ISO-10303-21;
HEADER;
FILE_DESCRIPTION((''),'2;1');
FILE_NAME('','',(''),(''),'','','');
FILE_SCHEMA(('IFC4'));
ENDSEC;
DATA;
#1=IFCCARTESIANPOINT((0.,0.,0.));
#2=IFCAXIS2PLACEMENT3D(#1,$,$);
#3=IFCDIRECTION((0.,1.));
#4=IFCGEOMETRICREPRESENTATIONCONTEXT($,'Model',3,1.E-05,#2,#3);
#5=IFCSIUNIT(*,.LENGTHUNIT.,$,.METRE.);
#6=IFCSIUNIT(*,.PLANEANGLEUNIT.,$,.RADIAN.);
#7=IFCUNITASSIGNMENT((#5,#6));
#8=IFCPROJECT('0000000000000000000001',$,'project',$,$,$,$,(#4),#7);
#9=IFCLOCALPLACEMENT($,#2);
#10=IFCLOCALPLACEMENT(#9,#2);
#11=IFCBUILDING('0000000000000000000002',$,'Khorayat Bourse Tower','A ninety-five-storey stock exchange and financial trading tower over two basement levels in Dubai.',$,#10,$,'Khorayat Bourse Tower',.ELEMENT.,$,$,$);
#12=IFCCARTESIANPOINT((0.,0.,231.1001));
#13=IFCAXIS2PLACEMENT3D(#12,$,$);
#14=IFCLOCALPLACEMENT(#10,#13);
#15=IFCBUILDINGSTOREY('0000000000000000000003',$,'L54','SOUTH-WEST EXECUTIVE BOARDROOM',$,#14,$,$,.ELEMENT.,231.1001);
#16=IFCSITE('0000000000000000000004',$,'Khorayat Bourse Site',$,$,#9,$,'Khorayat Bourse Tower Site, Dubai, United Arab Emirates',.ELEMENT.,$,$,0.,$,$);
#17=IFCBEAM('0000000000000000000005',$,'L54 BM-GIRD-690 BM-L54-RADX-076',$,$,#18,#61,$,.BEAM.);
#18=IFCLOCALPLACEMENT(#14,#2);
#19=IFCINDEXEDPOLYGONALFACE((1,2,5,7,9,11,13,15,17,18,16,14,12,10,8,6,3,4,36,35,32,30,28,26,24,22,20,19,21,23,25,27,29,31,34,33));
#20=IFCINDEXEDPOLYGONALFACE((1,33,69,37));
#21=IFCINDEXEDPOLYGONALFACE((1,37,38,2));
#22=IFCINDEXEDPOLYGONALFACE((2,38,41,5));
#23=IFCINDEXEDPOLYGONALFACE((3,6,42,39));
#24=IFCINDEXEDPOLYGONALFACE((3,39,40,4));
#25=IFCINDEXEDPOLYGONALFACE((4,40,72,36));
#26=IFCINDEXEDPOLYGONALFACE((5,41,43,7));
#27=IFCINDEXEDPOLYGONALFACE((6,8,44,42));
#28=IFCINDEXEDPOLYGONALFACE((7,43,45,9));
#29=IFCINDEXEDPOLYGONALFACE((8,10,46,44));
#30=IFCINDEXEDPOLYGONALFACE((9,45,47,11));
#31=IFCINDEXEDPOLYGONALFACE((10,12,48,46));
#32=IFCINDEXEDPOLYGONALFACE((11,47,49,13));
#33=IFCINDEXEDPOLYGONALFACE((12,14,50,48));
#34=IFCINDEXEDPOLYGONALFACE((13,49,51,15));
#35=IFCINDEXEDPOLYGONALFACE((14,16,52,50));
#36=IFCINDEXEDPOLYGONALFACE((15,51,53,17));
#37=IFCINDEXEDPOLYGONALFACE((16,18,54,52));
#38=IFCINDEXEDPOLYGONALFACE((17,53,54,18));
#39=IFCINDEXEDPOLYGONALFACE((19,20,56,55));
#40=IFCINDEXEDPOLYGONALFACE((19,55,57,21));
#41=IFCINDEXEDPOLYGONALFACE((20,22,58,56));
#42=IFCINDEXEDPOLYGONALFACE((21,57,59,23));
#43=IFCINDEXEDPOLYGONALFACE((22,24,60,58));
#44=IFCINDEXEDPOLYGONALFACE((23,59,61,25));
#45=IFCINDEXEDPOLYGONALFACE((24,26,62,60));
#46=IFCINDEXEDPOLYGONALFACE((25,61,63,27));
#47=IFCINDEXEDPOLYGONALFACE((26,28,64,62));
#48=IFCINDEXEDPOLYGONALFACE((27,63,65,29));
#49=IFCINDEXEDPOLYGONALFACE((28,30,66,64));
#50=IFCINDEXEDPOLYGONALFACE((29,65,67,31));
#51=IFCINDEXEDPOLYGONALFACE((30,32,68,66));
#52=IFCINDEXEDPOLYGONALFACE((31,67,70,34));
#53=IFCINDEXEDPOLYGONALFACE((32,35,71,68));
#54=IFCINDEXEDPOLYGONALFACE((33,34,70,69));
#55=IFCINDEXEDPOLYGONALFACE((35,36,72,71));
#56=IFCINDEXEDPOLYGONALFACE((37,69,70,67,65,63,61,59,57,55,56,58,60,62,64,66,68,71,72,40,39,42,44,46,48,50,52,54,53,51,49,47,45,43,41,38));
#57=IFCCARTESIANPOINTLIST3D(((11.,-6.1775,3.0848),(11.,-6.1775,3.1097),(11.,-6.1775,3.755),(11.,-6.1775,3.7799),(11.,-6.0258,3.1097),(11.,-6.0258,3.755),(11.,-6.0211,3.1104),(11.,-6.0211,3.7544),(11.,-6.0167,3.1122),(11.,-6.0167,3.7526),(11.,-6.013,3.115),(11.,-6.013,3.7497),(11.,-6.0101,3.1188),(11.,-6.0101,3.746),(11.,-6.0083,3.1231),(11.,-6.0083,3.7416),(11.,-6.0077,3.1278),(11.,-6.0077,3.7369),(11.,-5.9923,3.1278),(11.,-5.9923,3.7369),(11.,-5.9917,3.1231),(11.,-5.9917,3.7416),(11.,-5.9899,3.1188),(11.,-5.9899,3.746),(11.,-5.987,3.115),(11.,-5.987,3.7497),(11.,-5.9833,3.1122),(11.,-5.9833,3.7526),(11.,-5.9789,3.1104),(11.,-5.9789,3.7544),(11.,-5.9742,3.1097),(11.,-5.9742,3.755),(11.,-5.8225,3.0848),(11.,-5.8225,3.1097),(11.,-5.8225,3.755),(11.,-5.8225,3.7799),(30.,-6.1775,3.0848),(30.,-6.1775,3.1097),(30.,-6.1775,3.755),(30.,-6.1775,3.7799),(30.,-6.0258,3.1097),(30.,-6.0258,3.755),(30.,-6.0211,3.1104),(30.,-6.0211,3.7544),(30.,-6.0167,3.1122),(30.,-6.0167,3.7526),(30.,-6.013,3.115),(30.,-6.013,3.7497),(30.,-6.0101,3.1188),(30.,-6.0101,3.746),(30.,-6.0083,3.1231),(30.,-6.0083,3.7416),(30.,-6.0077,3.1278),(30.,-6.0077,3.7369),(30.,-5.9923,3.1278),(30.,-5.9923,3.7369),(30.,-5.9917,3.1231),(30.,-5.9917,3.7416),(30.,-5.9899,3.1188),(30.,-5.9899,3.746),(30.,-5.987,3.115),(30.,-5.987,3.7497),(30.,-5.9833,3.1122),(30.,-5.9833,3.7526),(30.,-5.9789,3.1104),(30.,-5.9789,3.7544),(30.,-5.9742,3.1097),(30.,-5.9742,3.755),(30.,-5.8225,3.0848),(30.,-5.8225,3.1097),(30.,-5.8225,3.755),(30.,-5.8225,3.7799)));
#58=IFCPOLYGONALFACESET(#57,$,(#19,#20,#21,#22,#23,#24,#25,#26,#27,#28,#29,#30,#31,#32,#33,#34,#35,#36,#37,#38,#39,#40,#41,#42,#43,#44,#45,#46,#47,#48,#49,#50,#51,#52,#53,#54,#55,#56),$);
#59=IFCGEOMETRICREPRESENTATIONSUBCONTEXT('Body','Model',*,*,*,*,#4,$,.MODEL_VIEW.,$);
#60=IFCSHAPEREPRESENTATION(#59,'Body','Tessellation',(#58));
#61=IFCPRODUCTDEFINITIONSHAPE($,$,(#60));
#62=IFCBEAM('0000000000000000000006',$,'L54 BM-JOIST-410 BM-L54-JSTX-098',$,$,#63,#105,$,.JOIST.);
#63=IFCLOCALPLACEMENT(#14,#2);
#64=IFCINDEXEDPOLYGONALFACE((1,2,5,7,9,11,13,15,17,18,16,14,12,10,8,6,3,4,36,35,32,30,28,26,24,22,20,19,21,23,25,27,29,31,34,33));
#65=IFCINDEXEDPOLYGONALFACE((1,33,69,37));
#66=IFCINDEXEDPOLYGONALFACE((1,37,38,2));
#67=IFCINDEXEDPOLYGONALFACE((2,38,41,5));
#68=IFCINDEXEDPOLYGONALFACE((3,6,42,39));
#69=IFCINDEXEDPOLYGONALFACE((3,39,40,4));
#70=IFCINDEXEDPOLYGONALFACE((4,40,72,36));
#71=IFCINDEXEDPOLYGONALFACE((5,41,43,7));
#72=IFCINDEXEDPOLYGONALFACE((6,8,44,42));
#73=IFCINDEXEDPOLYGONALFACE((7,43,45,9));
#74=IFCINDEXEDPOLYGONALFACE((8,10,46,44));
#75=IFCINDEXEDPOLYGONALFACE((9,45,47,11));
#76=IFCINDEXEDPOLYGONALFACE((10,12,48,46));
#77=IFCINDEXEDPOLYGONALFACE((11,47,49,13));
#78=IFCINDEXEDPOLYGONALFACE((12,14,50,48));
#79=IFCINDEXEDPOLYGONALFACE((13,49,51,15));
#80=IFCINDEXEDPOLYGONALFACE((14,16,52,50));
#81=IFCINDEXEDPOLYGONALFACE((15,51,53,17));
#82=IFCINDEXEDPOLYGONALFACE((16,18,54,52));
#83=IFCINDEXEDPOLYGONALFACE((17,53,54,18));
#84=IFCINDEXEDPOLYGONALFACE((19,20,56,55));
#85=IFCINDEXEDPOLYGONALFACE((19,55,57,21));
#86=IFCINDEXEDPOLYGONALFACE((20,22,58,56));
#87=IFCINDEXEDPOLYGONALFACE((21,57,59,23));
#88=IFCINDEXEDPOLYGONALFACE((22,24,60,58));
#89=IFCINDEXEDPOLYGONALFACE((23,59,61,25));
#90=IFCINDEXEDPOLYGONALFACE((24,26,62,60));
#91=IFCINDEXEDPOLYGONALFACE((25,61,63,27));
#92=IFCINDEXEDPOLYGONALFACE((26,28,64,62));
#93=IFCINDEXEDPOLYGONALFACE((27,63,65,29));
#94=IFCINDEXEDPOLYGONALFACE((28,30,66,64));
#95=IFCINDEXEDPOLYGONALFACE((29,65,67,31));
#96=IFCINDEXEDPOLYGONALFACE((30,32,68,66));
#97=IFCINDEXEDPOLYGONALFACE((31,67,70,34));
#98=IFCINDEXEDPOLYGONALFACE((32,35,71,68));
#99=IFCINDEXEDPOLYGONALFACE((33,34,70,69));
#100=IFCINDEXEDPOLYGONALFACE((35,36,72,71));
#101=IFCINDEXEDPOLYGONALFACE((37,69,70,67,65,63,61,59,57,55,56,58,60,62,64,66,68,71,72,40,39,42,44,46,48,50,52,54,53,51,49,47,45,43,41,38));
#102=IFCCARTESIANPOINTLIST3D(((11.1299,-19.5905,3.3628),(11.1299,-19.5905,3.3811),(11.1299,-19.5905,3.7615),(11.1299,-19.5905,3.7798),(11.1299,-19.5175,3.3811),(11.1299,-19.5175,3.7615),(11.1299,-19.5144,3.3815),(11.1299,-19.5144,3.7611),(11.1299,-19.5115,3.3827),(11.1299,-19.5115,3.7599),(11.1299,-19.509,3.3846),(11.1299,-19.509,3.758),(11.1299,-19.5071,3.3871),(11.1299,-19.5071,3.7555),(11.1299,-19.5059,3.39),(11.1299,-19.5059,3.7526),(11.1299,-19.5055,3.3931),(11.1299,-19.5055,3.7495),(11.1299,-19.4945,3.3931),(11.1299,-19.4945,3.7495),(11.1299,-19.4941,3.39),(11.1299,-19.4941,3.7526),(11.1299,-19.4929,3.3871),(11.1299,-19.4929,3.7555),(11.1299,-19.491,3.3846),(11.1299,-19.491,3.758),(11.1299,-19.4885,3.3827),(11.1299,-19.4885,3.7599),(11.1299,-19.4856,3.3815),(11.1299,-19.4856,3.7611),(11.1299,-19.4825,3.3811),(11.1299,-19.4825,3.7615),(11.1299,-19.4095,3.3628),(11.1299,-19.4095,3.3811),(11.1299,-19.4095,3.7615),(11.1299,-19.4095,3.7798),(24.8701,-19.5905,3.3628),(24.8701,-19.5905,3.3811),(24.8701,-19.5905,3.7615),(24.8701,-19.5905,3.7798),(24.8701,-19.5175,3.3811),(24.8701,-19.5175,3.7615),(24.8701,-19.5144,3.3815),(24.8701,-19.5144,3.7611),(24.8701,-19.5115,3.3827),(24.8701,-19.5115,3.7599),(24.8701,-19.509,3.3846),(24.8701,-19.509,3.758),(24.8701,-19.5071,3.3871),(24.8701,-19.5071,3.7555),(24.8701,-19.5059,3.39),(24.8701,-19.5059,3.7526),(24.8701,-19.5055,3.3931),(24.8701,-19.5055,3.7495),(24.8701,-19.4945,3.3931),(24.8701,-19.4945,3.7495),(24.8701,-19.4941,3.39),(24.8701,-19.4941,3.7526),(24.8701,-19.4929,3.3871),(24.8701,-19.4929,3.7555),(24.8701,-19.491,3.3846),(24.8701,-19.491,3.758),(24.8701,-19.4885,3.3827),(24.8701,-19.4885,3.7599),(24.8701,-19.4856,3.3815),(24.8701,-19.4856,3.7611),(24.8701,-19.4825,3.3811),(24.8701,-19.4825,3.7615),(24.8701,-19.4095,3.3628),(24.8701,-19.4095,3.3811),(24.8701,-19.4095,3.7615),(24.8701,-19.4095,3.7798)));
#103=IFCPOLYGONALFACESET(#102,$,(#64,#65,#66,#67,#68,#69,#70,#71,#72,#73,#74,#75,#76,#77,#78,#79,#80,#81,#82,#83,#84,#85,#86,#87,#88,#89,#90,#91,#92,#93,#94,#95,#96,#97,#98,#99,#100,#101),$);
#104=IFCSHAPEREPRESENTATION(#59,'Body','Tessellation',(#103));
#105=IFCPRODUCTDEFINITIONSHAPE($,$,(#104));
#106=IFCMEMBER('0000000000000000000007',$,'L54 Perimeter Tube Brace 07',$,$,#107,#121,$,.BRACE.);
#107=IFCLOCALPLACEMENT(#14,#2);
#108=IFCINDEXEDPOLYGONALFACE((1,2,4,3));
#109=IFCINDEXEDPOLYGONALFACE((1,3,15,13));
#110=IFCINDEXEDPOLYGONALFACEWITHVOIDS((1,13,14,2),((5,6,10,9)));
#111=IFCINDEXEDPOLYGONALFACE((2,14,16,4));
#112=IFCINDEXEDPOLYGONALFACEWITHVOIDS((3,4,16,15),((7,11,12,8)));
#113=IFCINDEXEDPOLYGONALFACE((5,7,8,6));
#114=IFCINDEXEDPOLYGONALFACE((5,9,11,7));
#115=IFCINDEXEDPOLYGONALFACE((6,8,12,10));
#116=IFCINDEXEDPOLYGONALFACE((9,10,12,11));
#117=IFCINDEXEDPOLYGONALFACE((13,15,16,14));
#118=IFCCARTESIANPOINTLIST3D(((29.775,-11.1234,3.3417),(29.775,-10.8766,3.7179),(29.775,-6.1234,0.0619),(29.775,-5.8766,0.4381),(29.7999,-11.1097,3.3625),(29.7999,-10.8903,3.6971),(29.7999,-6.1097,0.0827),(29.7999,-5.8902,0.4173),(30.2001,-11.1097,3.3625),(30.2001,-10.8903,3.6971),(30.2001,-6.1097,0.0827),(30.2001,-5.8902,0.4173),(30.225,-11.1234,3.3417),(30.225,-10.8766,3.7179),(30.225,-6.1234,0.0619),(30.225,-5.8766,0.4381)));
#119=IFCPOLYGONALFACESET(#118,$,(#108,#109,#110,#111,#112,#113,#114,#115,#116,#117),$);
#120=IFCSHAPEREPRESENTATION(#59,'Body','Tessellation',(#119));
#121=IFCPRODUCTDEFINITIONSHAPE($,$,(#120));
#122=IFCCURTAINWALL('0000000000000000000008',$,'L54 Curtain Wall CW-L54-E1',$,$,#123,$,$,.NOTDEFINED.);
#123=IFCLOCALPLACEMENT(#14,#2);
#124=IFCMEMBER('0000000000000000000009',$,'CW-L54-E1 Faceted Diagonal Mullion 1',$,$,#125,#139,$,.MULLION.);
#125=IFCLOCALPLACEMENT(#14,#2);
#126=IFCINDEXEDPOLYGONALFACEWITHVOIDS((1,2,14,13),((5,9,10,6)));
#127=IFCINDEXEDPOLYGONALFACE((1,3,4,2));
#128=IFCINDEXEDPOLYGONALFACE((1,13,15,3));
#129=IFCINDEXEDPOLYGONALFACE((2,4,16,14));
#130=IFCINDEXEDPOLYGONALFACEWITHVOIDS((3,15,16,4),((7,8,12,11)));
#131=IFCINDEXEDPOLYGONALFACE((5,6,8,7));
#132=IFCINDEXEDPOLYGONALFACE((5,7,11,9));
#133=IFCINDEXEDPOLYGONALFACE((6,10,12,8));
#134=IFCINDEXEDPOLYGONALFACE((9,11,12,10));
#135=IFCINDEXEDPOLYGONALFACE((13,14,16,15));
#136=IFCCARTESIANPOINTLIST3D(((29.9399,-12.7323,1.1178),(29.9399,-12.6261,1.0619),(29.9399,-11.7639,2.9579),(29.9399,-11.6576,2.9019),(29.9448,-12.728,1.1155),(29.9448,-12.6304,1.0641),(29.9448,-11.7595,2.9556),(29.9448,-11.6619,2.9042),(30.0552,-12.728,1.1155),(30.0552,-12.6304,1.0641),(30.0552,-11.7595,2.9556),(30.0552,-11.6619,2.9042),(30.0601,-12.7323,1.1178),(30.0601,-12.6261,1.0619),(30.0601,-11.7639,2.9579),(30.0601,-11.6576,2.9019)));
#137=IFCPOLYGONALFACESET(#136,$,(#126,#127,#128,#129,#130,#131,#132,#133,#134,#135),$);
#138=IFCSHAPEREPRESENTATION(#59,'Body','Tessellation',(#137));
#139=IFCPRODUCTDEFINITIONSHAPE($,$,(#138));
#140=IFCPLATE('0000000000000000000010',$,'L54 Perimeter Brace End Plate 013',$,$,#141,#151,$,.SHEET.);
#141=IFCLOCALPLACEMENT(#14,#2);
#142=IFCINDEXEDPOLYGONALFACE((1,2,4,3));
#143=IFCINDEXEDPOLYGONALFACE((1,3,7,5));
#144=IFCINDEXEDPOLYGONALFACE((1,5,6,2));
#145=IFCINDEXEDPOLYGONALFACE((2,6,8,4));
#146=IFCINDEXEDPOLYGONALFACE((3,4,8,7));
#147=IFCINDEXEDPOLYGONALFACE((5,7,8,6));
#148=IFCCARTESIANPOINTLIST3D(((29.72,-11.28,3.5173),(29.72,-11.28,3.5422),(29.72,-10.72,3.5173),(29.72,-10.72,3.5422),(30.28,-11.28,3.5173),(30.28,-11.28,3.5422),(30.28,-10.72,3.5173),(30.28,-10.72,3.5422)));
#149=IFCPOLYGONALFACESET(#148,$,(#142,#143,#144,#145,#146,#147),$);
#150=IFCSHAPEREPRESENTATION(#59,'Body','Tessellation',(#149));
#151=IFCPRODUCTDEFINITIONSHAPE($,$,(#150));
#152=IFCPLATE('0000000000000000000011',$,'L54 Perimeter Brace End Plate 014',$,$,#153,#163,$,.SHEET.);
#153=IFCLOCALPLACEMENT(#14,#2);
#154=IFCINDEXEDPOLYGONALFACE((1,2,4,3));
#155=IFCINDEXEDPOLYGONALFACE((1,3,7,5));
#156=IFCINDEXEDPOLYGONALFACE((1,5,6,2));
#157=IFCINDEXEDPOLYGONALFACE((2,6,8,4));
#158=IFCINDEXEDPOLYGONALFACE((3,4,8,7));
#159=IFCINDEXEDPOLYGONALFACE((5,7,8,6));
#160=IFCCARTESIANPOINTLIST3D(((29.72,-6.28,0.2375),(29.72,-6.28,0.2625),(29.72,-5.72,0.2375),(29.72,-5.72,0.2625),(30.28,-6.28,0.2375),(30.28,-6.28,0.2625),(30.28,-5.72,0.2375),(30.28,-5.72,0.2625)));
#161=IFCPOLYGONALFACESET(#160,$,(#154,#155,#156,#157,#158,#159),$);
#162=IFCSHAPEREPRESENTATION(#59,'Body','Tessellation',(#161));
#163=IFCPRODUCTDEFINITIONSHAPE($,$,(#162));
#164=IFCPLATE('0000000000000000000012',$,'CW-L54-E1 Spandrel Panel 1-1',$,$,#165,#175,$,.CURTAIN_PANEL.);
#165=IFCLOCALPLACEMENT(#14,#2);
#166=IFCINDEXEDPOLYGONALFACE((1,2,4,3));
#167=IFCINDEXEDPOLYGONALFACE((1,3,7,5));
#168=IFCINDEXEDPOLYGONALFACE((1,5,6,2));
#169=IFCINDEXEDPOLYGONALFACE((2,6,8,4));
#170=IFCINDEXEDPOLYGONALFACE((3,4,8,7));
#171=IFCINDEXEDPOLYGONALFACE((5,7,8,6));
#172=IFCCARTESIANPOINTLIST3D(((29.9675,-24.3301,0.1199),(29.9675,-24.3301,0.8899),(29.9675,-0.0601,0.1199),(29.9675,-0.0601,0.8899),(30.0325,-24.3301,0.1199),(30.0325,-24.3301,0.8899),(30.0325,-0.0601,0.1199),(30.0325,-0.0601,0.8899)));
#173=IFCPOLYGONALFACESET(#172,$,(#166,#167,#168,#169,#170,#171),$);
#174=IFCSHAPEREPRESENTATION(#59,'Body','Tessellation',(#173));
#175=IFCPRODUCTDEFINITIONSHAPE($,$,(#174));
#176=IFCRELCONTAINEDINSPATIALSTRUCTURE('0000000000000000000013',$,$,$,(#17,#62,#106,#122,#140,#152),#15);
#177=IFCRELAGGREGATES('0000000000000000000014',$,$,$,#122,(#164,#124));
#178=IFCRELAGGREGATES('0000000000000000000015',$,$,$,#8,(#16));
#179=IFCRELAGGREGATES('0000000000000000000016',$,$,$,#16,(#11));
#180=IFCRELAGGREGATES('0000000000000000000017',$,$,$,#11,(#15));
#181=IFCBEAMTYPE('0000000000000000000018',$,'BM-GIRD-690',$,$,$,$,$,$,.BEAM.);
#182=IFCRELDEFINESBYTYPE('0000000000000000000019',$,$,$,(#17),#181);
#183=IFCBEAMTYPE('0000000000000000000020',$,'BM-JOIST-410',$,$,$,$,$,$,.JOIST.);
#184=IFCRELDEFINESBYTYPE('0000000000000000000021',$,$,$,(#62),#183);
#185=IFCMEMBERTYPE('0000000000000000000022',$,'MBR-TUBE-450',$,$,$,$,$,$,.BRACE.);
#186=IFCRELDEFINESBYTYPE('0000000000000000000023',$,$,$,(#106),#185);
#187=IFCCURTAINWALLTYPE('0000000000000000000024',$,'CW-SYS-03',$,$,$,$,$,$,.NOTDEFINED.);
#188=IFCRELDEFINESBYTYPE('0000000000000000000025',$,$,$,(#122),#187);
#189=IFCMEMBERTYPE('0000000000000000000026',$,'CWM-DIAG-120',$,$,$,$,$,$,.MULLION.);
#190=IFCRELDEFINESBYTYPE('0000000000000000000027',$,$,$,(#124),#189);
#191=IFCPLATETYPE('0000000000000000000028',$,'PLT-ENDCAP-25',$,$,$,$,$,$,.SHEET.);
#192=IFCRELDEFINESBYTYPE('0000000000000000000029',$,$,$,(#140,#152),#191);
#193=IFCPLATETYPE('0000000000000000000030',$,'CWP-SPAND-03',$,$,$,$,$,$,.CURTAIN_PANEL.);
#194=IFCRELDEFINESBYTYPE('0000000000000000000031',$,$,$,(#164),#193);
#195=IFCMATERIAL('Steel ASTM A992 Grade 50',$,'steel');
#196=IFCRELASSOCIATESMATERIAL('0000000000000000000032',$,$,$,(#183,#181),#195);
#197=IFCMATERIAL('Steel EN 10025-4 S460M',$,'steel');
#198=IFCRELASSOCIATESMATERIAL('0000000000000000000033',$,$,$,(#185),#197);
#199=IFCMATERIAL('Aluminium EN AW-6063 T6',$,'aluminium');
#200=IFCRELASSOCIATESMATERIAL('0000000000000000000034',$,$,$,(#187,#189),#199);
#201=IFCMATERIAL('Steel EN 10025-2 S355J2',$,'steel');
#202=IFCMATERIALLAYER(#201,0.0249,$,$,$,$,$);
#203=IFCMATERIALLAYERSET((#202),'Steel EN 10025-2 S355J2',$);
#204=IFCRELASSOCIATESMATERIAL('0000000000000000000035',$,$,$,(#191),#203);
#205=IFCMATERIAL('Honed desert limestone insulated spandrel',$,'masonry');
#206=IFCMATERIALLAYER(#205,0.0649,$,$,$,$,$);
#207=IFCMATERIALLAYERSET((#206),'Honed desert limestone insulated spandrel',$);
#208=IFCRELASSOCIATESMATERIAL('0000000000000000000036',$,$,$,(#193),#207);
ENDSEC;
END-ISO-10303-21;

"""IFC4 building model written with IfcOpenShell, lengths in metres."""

from ifc_helpers import new_model, si_unit, direction, frame, origin, origin_2d, place, context, subcontext, project, spatial, rectangle, hollow_rectangle, i_section, extrude, source, transform, mapped, material, layer, layer_set, material_profile, profile_set, type_object, element, aggregate, save


model = new_model("IFC4")

# Units and contexts
model_context = context("Model", 3, precision=1e-05, world=origin(), true_north=direction((0.0, 1.0)))
body_context = subcontext(model_context, "Body", "Model", "MODEL_VIEW")
ifc_project = project(units=[si_unit("LENGTHUNIT", "METRE"), si_unit("PLANEANGLEUNIT", "RADIAN")], contexts=[model_context])

# Site, building, storey
site_placement = place(None, origin())
site = spatial("IfcSite", under=ifc_project, at=site_placement, Name="Khorayat Bourse Site", LongName="Khorayat Bourse Tower Site, Dubai, United Arab Emirates", CompositionType="ELEMENT", RefElevation=0.0)
building_placement = place(site_placement, origin())
building = spatial("IfcBuilding", under=site, at=building_placement, Name="Khorayat Bourse Tower", Description="A ninety-five-storey stock exchange and financial trading tower over two basement levels in Dubai.", LongName="Khorayat Bourse Tower", CompositionType="ELEMENT")
storey_placement = place(building_placement, frame((0.0, 0.0, 231.1001)))
storey = spatial("IfcBuildingStorey", under=building, at=storey_placement, Name="L54", Description="SOUTH-WEST EXECUTIVE BOARDROOM", CompositionType="ELEMENT", Elevation=231.1001)

# Shared definitions
ifc_material_1 = material(Name="Steel EN 10025-4 S460M", Category="steel")

# Beams
ifc_material_2 = material(Name="Steel ASTM A992 Grade 50", Category="steel")
ifc_material_profile_1 = material_profile(ifc_material_2, i_section(OverallWidth=0.1809, OverallDepth=0.417, WebThickness=0.011, FlangeThickness=0.0183, FilletRadius=0.012, at=origin_2d()), Name="W410X85")
ifc_profile_set_1 = profile_set([ifc_material_profile_1], Name="Steel ASTM A992 Grade 50")
beam_type_1 = type_object("IfcBeamType", Name="BM-JOIST-410", PredefinedType="JOIST", material=ifc_profile_set_1)
ifc_material_profile_2 = material_profile(ifc_material_2, i_section(OverallWidth=0.355, OverallDepth=0.6951, WebThickness=0.0154, FlangeThickness=0.0249, FilletRadius=0.0181, at=origin_2d()), Name="W690X217")
ifc_profile_set_2 = profile_set([ifc_material_profile_2], Name="Steel ASTM A992 Grade 50")
beam_type_2 = type_object("IfcBeamType", Name="BM-GIRD-690", PredefinedType="BEAM", material=ifc_profile_set_2)
shared_shape_1 = source(origin(), body_context, "Body", "SweptSolid", [
    extrude(i_section(OverallWidth=0.355, OverallDepth=0.6951, WebThickness=0.0154, FlangeThickness=0.0249, FilletRadius=0.0181, at=origin_2d()), origin(), (0.0, 0.0, 1.0), 19.0),
])
beam_1_placement = place(storey_placement, frame((11.0, -6.0, 3.4324), z_axis=(1.0, 0.0, 0.0), x_axis=(0.0, 1.0, 0.0)))
element("IfcBeam", 1, at=beam_1_placement, inside=storey, type_object=beam_type_2, Name="L54 BM-GIRD-690 BM-L54-RADX-076", PredefinedType="BEAM", context=body_context, shape_type="MappedRepresentation", body=[
    mapped(shared_shape_1, transform((0.0, 0.0, 0.0), scale=1.0)),
])
shared_shape_2 = source(origin(), body_context, "Body", "SweptSolid", [
    extrude(i_section(OverallWidth=0.1809, OverallDepth=0.417, WebThickness=0.011, FlangeThickness=0.0183, FilletRadius=0.012, at=origin_2d()), origin(), (0.0, 0.0, 1.0), 13.7402),
])
beam_2_placement = place(storey_placement, frame((11.1299, -19.5, 3.5713), z_axis=(1.0, 0.0, 0.0), x_axis=(0.0, 1.0, 0.0)))
element("IfcBeam", 2, at=beam_2_placement, inside=storey, type_object=beam_type_1, Name="L54 BM-JOIST-410 BM-L54-JSTX-098", PredefinedType="JOIST", context=body_context, shape_type="MappedRepresentation", body=[
    mapped(shared_shape_2, transform((0.0, 0.0, 0.0), scale=1.0)),
])

# Member
ifc_material_profile_3 = material_profile(ifc_material_1, hollow_rectangle(XDim=0.45, YDim=0.45, WallThickness=0.0249, at=origin_2d()), Name="HSS 450x450x25")
ifc_profile_set_3 = profile_set([ifc_material_profile_3], Name="Steel EN 10025-4 S460M")
member_type_1 = type_object("IfcMemberType", Name="MBR-TUBE-450", PredefinedType="BRACE", material=ifc_profile_set_3)
shared_shape_3 = source(origin(), body_context, "Body", "SweptSolid", [
    extrude(hollow_rectangle(XDim=0.45, YDim=0.45, WallThickness=0.0249, at=origin_2d()), origin(), (0.0, 0.0, 1.0), 5.9797),
])
member_1_placement = place(storey_placement, frame((30.0, -11.0, 3.5298), z_axis=(0.0, 0.83616, -0.548485), x_axis=(-1.0, 0.0, 0.0)))
element("IfcMember", 3, at=member_1_placement, inside=storey, type_object=member_type_1, Name="L54 Perimeter Tube Brace 07", PredefinedType="BRACE", context=body_context, shape_type="MappedRepresentation", body=[
    mapped(shared_shape_3, transform((0.0, 0.0, 0.0), scale=1.0)),
])

# Curtain wall, member
ifc_material_3 = material(Name="Aluminium EN AW-6063 T6", Category="aluminium")
curtain_wall_type = type_object("IfcCurtainWallType", Name="CW-SYS-03", PredefinedType="NOTDEFINED", material=ifc_material_3)
curtain_wall_placement = place(storey_placement, origin())
curtain_wall = element("IfcCurtainWall", 4, at=curtain_wall_placement, inside=storey, type_object=curtain_wall_type, Name="L54 Curtain Wall CW-L54-E1", PredefinedType="NOTDEFINED")
ifc_material_profile_4 = material_profile(ifc_material_3, hollow_rectangle(XDim=0.1201, YDim=0.1201, WallThickness=0.0049, at=origin_2d()), Name="ALU 120x120x5")
ifc_profile_set_4 = profile_set([ifc_material_profile_4], Name="Aluminium EN AW-6063 T6")
member_type_2 = type_object("IfcMemberType", Name="CWM-DIAG-120", PredefinedType="MULLION", material=ifc_profile_set_4)
shared_shape_4 = source(origin(), body_context, "Body", "SweptSolid", [
    extrude(hollow_rectangle(XDim=0.1201, YDim=0.1201, WallThickness=0.0049, at=origin_2d()), origin(), (0.0, 0.0, 1.0), 2.0793),
])
member_2_placement = place(storey_placement, frame((30.0, -12.6792, 1.0898), z_axis=(0.0, 0.465761, 0.884911), x_axis=(-1.0, 0.0, 0.0)))
member_2 = element("IfcMember", 5, at=member_2_placement, type_object=member_type_2, Name="CW-L54-E1 Faceted Diagonal Mullion 1", PredefinedType="MULLION", context=body_context, shape_type="MappedRepresentation", body=[
    mapped(shared_shape_4, transform((0.0, 0.0, 0.0), scale=1.0)),
])

# Plates
ifc_material_4 = material(Name="Steel EN 10025-2 S355J2", Category="steel")
ifc_layer_1 = layer(ifc_material_4, 0.0249)
ifc_layer_set_1 = layer_set([ifc_layer_1], Name="Steel EN 10025-2 S355J2")
plate_type_1 = type_object("IfcPlateType", Name="PLT-ENDCAP-25", PredefinedType="SHEET", material=ifc_layer_set_1)
shared_shape_5 = source(origin(), body_context, "Body", "SweptSolid", [
    extrude(rectangle(XDim=0.5601, YDim=0.5601, at=origin_2d()), origin(), (0.0, 0.0, 1.0), 0.0249),
])
for number, where, z_axis, x_axis, name in (
    (6, (30.0, -11.0, 3.5173), (0.0, 0.0, 1.0), (1.0, 0.0, 0.0), "L54 Perimeter Brace End Plate 013"),
    (7, (30.0, -6.0, 0.2375), (0.0, 0.0, 1.0), (1.0, 0.0, 0.0), "L54 Perimeter Brace End Plate 014"),
):
    element("IfcPlate", number, at=place(storey_placement, frame(where, z_axis=z_axis, x_axis=x_axis)), inside=storey, type_object=plate_type_1, Name=name, PredefinedType="SHEET", context=body_context, shape_type="MappedRepresentation", body=[
        mapped(shared_shape_5, transform((0.0, 0.0, 0.0), scale=1.0)),
    ])

# Plate
ifc_material_5 = material(Name="Honed desert limestone insulated spandrel", Category="masonry")
ifc_layer_2 = layer(ifc_material_5, 0.0649)
ifc_layer_set_2 = layer_set([ifc_layer_2], Name="Honed desert limestone insulated spandrel")
plate_type_2 = type_object("IfcPlateType", Name="CWP-SPAND-03", PredefinedType="CURTAIN_PANEL", material=ifc_layer_set_2)
shared_shape_6 = source(origin(), body_context, "Body", "SweptSolid", [
    extrude(rectangle(XDim=24.27, YDim=0.0649, at=origin_2d()), origin(), (0.0, 0.0, 1.0), 0.77),
])
plate_1_placement = place(storey_placement, frame((30.0, -12.1951, 0.1199), z_axis=(0.0, 0.0, 1.0), x_axis=(0.0, 1.0, 0.0)))
plate_1 = element("IfcPlate", 8, at=plate_1_placement, type_object=plate_type_2, Name="CW-L54-E1 Spandrel Panel 1-1", PredefinedType="CURTAIN_PANEL", context=body_context, shape_type="MappedRepresentation", body=[
    mapped(shared_shape_6, transform((0.0, 0.0, 0.0), scale=1.0)),
])
aggregate(curtain_wall, [plate_1, member_2])

save(model, "model.ifc")
